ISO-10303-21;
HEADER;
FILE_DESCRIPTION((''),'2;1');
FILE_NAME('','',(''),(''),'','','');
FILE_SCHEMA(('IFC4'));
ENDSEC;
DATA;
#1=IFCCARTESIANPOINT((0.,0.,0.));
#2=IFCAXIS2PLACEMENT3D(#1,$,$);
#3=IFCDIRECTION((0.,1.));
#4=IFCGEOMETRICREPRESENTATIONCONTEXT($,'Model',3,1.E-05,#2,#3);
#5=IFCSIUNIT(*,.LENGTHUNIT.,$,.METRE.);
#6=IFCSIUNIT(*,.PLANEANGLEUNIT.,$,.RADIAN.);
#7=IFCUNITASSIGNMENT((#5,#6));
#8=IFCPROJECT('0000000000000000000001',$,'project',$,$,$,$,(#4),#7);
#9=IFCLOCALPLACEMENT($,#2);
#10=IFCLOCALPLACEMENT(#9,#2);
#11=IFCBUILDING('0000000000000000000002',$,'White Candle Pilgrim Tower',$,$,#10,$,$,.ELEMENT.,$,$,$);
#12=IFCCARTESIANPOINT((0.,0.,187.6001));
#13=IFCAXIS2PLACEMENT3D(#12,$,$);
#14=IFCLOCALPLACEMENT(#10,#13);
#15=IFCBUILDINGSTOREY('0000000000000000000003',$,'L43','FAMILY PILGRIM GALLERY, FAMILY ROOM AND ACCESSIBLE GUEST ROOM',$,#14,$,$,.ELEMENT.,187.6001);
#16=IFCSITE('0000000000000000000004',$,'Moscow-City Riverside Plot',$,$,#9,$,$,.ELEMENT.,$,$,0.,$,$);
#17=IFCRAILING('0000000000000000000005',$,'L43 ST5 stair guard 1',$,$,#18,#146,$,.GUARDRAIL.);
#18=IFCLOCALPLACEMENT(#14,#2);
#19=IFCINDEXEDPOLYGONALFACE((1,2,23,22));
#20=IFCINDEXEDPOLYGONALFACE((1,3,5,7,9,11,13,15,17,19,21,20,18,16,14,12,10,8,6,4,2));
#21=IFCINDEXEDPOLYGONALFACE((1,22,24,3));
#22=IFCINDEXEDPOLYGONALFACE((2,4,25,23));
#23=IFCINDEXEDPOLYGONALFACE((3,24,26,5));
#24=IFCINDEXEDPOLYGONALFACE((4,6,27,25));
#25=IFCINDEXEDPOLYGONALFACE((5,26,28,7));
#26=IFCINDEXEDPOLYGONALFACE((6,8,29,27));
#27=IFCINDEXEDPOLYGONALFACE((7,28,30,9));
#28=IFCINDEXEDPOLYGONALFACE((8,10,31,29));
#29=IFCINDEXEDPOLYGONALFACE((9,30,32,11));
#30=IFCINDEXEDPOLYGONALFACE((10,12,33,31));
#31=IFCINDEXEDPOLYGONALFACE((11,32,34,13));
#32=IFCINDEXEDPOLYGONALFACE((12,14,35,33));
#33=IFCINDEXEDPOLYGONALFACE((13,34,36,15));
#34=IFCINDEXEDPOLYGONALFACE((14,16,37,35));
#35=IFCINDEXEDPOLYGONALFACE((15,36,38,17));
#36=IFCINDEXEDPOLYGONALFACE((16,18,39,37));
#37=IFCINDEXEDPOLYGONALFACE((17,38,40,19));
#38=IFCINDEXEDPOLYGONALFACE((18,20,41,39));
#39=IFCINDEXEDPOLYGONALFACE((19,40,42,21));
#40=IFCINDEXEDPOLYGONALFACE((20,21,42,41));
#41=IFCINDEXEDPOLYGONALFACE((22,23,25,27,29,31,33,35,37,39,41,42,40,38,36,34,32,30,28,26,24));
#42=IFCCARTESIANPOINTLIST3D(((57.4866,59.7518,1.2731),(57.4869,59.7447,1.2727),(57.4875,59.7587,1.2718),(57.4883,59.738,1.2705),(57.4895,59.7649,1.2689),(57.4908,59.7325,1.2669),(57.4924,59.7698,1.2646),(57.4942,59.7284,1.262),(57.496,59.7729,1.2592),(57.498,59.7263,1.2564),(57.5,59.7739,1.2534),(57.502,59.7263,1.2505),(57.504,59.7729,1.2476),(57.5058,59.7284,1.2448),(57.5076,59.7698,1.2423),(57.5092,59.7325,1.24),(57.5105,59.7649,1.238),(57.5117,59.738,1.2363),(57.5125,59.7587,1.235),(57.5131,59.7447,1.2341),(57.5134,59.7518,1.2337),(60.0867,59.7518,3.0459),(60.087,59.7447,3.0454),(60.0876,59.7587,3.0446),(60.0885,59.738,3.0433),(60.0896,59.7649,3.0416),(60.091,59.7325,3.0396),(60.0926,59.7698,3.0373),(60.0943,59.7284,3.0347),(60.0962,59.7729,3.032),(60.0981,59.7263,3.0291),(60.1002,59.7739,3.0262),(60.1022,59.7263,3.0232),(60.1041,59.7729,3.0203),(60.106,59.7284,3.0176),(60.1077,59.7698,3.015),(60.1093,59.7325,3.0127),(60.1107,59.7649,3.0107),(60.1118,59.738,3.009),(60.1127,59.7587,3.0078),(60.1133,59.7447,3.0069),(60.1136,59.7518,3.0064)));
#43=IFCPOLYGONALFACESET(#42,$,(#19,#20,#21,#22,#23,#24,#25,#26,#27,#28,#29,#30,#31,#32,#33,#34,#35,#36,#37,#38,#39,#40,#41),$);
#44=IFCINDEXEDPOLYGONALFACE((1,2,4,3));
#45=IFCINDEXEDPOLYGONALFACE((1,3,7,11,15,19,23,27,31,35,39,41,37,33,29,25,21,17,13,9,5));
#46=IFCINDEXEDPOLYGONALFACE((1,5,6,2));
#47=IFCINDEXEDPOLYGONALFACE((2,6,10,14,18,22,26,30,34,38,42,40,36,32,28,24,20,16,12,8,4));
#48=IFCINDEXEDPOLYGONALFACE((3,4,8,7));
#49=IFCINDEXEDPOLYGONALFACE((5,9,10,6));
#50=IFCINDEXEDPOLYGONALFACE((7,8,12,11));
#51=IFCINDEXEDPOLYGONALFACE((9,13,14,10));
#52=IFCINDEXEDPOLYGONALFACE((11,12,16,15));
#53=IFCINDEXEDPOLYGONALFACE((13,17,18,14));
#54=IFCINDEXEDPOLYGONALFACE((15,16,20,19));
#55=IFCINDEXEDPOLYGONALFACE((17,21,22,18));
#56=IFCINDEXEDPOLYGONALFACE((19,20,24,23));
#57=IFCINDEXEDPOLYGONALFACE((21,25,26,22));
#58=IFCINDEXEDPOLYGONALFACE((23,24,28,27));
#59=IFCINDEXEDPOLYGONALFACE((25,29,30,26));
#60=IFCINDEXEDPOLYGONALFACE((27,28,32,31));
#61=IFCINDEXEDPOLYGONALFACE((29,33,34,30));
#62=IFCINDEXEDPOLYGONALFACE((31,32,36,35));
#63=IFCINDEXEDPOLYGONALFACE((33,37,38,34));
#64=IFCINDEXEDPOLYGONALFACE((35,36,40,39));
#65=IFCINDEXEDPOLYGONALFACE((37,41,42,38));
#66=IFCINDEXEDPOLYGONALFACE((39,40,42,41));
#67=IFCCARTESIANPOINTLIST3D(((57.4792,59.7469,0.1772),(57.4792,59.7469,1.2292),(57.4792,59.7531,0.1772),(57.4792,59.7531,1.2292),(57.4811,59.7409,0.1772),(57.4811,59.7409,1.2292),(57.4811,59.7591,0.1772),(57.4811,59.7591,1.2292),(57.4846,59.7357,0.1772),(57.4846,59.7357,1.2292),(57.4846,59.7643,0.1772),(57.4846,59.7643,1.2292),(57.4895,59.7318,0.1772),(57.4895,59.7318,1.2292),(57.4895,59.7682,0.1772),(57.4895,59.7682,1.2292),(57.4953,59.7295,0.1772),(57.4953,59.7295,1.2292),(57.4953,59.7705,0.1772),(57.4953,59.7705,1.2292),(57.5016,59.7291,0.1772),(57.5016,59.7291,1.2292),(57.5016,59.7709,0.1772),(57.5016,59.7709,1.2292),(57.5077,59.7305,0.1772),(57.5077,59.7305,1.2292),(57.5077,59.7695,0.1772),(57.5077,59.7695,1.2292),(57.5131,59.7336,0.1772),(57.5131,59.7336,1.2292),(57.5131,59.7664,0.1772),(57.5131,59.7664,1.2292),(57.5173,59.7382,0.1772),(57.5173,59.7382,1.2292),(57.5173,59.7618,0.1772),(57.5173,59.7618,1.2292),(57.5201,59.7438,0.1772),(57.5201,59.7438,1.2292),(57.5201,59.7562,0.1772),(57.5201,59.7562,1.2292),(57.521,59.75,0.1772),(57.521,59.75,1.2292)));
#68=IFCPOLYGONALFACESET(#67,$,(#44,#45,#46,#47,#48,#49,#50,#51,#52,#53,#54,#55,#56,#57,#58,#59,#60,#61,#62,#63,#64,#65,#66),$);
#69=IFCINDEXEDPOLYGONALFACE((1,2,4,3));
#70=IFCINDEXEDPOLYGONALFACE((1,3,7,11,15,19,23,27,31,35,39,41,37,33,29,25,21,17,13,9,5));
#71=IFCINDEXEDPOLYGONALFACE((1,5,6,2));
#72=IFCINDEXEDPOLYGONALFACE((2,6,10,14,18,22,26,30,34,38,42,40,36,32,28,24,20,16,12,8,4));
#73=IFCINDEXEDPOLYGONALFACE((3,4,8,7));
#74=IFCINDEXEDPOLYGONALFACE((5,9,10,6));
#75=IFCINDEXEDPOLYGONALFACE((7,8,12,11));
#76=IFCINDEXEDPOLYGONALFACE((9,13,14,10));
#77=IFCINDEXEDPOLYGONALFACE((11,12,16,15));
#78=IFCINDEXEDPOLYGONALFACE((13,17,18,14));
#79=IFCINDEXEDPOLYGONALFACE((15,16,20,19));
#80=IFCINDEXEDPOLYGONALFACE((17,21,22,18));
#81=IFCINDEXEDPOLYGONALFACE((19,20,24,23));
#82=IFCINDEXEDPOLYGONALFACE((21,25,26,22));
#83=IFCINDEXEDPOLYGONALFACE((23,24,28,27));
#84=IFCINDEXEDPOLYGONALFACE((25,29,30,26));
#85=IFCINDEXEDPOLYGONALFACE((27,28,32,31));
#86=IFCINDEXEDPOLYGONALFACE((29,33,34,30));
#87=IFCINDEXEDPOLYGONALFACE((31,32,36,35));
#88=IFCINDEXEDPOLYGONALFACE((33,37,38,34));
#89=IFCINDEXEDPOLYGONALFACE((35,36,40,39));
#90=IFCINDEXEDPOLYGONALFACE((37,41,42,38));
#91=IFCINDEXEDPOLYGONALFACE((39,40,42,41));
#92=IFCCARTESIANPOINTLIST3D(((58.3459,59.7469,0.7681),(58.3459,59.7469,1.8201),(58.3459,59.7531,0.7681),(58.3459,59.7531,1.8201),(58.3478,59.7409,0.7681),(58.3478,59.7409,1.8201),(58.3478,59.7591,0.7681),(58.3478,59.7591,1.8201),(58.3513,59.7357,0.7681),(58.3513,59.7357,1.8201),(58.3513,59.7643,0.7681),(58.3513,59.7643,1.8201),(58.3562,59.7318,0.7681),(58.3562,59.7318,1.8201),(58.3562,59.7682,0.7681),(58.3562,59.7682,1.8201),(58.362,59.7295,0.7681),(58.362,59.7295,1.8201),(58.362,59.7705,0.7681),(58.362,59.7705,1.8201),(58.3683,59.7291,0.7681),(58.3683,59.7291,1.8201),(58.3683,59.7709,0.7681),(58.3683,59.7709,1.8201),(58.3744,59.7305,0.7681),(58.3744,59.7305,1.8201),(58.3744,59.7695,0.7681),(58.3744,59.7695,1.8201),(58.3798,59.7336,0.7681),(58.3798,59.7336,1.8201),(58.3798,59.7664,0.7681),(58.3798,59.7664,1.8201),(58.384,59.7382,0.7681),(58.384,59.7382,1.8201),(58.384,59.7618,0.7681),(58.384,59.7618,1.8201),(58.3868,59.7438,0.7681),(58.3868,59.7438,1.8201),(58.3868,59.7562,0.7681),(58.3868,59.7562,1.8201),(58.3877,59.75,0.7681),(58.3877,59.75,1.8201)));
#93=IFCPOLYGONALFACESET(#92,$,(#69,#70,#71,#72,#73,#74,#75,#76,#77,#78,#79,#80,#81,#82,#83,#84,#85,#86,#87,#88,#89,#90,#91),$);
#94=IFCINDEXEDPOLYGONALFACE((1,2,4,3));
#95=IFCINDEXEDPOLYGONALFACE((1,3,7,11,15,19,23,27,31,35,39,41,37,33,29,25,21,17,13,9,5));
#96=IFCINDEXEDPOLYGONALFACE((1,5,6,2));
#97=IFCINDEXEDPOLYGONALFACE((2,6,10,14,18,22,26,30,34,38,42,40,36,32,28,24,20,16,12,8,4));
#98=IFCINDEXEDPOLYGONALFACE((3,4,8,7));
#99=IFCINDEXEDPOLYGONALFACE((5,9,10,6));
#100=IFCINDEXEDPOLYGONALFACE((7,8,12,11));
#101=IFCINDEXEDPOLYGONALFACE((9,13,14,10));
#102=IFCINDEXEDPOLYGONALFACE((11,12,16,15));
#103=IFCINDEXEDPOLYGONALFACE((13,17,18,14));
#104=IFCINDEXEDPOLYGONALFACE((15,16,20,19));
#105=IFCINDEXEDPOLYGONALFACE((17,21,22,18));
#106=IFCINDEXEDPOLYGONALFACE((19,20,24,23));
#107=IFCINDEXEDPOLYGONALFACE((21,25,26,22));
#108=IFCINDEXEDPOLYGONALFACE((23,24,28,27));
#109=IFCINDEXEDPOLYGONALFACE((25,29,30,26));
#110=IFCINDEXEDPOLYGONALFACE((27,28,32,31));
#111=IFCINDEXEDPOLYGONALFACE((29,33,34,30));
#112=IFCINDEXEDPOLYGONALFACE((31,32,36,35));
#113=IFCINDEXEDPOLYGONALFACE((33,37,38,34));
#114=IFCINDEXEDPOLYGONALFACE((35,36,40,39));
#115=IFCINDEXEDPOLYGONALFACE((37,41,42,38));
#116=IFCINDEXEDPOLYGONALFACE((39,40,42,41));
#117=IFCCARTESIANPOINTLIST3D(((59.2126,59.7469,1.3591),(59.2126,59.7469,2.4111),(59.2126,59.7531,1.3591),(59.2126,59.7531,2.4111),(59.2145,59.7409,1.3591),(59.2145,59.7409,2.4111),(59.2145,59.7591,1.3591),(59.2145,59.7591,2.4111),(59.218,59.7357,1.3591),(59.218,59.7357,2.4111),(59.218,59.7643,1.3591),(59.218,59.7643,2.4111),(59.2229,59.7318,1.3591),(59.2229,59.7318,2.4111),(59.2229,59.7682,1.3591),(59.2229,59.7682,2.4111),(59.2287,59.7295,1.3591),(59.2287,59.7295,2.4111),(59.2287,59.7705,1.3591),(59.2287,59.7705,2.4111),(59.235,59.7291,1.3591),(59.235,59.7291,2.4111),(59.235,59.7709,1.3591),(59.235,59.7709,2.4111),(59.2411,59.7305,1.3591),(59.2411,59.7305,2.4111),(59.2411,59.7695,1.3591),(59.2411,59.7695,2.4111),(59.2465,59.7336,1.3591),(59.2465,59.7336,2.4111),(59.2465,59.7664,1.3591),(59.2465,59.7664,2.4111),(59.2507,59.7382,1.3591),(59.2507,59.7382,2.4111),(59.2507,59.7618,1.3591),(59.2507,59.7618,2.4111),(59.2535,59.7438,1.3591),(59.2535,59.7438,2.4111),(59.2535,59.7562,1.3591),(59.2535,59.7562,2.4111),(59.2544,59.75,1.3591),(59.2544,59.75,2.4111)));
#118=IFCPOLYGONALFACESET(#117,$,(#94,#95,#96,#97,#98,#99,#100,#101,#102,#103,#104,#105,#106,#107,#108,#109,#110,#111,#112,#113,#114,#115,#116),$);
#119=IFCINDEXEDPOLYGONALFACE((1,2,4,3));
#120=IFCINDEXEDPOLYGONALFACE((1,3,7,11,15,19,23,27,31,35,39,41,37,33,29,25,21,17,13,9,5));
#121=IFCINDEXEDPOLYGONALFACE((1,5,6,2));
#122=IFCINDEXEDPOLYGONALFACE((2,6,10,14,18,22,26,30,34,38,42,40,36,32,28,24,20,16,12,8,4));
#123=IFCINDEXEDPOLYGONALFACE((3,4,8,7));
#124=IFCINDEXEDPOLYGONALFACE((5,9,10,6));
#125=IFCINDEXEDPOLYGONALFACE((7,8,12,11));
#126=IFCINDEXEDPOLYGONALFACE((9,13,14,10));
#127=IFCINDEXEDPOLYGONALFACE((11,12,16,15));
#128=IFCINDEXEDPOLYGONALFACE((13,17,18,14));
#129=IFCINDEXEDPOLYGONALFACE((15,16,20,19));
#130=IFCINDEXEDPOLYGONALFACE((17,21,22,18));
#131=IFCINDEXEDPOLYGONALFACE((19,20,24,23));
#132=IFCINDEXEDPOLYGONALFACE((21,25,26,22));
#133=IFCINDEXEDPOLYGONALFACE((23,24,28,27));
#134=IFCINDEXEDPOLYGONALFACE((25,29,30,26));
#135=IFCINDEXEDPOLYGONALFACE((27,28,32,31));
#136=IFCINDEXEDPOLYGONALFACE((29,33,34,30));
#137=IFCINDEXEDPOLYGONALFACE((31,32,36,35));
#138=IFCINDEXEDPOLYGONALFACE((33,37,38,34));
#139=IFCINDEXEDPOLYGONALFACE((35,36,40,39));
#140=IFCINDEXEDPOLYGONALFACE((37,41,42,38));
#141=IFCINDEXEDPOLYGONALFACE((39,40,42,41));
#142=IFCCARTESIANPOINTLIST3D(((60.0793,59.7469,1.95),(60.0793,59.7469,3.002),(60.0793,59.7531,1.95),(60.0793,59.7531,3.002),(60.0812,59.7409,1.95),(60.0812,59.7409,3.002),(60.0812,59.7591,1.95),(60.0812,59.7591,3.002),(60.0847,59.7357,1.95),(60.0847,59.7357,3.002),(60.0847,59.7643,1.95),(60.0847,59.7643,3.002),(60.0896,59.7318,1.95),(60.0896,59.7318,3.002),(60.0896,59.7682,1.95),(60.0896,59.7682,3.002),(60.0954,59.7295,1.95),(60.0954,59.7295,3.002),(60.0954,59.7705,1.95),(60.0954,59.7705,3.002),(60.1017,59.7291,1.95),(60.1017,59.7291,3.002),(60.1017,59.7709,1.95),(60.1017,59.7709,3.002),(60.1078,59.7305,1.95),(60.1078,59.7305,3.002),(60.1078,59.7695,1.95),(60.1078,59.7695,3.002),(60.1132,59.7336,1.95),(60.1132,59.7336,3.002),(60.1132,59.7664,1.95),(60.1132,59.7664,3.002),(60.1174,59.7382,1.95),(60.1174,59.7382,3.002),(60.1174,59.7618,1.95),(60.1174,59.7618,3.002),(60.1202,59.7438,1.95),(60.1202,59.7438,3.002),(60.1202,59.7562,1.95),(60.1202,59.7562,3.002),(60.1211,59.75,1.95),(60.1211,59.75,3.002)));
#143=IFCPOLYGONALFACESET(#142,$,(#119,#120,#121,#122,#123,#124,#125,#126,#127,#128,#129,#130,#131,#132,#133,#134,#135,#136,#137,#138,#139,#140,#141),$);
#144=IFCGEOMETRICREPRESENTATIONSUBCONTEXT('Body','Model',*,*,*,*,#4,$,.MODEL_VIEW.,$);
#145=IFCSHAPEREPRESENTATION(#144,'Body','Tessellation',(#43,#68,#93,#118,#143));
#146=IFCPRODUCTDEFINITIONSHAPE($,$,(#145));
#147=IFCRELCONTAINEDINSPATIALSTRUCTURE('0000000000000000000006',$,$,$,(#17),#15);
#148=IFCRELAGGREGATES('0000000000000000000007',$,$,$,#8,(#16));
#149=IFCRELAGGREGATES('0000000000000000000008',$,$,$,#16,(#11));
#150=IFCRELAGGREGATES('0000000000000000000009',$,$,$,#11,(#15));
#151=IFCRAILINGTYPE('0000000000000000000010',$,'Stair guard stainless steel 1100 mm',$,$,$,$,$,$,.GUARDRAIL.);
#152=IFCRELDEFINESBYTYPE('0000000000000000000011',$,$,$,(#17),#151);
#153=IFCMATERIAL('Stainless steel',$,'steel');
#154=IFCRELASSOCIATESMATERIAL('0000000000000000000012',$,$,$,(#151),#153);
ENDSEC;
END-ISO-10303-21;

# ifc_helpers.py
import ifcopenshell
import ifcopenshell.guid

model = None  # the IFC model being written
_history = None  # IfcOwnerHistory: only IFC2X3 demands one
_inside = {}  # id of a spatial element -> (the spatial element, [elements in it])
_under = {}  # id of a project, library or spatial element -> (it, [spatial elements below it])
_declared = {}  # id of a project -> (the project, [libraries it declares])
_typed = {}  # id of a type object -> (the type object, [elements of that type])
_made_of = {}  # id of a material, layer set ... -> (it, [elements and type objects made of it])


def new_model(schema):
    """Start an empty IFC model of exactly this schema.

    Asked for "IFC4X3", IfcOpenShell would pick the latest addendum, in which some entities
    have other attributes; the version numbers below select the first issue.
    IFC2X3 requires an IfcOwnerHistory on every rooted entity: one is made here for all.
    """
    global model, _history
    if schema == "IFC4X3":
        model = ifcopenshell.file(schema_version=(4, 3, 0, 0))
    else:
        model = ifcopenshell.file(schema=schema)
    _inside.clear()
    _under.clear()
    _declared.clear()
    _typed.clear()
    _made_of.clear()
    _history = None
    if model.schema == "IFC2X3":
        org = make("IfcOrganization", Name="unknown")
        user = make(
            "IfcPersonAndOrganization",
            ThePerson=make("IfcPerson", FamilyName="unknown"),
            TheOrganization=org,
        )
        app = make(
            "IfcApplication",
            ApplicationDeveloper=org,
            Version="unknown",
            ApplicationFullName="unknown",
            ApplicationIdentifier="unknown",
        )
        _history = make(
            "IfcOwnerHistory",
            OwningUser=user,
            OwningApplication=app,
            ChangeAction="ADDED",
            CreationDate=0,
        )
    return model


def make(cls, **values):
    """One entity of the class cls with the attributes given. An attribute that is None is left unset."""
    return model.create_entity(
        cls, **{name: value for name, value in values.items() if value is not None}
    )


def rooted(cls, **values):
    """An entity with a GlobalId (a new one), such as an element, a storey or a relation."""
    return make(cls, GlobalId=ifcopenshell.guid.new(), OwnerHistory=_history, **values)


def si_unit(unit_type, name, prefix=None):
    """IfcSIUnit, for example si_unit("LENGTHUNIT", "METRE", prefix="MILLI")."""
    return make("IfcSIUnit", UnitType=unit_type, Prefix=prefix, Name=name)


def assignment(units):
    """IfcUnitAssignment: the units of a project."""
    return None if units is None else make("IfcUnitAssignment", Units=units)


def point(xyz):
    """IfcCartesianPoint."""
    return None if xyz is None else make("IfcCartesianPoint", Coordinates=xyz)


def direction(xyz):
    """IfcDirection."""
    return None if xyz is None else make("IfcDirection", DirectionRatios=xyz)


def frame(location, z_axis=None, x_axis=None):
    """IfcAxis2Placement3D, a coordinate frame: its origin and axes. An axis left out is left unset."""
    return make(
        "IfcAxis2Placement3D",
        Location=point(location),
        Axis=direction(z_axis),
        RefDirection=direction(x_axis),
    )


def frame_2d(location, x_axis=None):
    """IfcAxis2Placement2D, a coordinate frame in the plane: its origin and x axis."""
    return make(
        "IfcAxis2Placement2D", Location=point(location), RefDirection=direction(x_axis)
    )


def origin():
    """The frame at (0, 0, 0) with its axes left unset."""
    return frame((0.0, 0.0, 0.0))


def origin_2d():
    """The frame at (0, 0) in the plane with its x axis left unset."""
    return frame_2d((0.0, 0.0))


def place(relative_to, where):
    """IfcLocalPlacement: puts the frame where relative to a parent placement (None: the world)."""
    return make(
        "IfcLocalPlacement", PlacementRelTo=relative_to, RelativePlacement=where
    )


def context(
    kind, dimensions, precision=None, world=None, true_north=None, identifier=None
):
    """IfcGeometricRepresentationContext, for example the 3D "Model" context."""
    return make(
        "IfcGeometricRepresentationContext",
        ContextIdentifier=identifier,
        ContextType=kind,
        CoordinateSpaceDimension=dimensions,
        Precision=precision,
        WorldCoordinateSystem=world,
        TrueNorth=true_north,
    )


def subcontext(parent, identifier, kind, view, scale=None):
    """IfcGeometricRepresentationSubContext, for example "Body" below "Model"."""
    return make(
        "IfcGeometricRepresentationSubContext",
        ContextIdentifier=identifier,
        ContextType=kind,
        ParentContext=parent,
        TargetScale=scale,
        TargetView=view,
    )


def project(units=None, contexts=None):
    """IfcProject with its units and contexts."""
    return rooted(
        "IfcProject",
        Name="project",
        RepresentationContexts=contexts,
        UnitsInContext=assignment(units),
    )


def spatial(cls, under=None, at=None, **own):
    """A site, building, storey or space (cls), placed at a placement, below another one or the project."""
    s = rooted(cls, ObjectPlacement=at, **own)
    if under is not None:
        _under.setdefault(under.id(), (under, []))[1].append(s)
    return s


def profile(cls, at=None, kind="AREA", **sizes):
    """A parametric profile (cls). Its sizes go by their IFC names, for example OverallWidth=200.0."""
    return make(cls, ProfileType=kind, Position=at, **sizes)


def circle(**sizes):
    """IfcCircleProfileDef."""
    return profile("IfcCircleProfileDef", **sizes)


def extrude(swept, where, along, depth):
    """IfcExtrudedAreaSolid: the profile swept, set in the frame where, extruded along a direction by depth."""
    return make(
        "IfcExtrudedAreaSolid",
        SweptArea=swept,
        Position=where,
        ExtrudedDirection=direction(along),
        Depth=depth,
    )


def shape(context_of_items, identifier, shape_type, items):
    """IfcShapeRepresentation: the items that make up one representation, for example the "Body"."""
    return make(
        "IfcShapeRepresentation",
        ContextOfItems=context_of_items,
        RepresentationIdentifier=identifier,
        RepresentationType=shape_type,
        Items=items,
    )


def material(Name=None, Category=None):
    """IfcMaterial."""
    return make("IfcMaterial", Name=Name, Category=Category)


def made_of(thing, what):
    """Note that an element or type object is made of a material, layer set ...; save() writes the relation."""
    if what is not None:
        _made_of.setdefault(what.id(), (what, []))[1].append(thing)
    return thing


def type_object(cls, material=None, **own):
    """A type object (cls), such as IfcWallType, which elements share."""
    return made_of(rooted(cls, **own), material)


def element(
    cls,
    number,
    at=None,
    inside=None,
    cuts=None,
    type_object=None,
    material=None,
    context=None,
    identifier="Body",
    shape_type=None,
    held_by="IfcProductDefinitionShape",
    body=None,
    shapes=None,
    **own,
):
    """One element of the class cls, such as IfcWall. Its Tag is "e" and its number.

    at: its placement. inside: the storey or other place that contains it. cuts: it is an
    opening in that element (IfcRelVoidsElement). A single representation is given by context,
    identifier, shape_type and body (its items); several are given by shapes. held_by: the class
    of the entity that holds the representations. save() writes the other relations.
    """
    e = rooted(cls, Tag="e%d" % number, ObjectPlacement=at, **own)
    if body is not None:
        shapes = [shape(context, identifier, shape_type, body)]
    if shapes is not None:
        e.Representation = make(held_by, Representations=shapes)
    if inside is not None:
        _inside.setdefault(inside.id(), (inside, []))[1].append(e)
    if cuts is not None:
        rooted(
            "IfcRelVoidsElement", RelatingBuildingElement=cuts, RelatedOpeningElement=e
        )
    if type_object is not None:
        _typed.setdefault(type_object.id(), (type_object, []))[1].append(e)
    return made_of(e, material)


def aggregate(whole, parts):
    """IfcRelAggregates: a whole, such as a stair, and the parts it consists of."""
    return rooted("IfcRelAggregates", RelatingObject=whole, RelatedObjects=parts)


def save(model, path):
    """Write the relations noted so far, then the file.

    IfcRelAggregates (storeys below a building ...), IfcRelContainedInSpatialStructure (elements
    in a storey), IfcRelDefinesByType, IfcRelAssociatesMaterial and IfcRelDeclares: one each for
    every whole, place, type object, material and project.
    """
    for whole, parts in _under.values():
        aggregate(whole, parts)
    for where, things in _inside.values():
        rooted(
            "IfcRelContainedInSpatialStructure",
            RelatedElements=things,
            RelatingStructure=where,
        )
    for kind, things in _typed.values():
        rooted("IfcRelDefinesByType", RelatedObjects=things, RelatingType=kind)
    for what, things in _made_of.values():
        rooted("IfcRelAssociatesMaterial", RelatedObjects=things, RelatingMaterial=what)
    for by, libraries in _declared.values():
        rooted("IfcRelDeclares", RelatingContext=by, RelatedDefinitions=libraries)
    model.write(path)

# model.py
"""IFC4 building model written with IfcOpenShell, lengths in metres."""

from ifc_helpers import new_model, si_unit, direction, frame, origin, origin_2d, place, context, subcontext, project, spatial, circle, extrude, material, type_object, element, save


model = new_model("IFC4")

# Units and contexts
model_context = context("Model", 3, precision=1e-05, world=origin(), true_north=direction((0.0, 1.0)))
body_context = subcontext(model_context, "Body", "Model", "MODEL_VIEW")
ifc_project = project(units=[si_unit("LENGTHUNIT", "METRE"), si_unit("PLANEANGLEUNIT", "RADIAN")], contexts=[model_context])

# Site, building, storey
site_placement = place(None, origin())
site = spatial("IfcSite", under=ifc_project, at=site_placement, Name="Moscow-City Riverside Plot", CompositionType="ELEMENT", RefElevation=0.0)
building_placement = place(site_placement, origin())
building = spatial("IfcBuilding", under=site, at=building_placement, Name="White Candle Pilgrim Tower", CompositionType="ELEMENT")
storey_placement = place(building_placement, frame((0.0, 0.0, 187.6001)))
storey = spatial("IfcBuildingStorey", under=building, at=storey_placement, Name="L43", Description="FAMILY PILGRIM GALLERY, FAMILY ROOM AND ACCESSIBLE GUEST ROOM", CompositionType="ELEMENT", Elevation=187.6001)

# Railing
ifc_material_1 = material(Name="Stainless steel", Category="steel")
railing_type_1 = type_object("IfcRailingType", Name="Stair guard stainless steel 1100 mm", PredefinedType="GUARDRAIL", material=ifc_material_1)
railing_1_placement = place(storey_placement, frame((57.5, 59.75, 0.1772)))
element("IfcRailing", 1, at=railing_1_placement, inside=storey, type_object=railing_type_1, Name="L43 ST5 stair guard 1", PredefinedType="GUARDRAIL", context=body_context, shape_type="SweptSolid", body=[
    extrude(circle(Radius=0.0239, at=origin_2d()), frame((0.0, 0.0, 1.0762), z_axis=(0.82624, 0.0, 0.563318), x_axis=(0.0, 1.0, 0.0)), (0.0, 0.0, 1.0), 3.147),
    extrude(circle(Radius=0.021, at=origin_2d()), origin(), (0.0, 0.0, 1.0), 1.052),
    extrude(circle(Radius=0.021, at=origin_2d()), frame((0.8667, 0.0, 0.5908)), (0.0, 0.0, 1.0), 1.052),
    extrude(circle(Radius=0.021, at=origin_2d()), frame((1.7334, 0.0, 1.1819)), (0.0, 0.0, 1.0), 1.052),
    extrude(circle(Radius=0.021, at=origin_2d()), frame((2.6001, 0.0, 1.7727)), (0.0, 0.0, 1.0), 1.052),
])

save(model, "model.ifc")
